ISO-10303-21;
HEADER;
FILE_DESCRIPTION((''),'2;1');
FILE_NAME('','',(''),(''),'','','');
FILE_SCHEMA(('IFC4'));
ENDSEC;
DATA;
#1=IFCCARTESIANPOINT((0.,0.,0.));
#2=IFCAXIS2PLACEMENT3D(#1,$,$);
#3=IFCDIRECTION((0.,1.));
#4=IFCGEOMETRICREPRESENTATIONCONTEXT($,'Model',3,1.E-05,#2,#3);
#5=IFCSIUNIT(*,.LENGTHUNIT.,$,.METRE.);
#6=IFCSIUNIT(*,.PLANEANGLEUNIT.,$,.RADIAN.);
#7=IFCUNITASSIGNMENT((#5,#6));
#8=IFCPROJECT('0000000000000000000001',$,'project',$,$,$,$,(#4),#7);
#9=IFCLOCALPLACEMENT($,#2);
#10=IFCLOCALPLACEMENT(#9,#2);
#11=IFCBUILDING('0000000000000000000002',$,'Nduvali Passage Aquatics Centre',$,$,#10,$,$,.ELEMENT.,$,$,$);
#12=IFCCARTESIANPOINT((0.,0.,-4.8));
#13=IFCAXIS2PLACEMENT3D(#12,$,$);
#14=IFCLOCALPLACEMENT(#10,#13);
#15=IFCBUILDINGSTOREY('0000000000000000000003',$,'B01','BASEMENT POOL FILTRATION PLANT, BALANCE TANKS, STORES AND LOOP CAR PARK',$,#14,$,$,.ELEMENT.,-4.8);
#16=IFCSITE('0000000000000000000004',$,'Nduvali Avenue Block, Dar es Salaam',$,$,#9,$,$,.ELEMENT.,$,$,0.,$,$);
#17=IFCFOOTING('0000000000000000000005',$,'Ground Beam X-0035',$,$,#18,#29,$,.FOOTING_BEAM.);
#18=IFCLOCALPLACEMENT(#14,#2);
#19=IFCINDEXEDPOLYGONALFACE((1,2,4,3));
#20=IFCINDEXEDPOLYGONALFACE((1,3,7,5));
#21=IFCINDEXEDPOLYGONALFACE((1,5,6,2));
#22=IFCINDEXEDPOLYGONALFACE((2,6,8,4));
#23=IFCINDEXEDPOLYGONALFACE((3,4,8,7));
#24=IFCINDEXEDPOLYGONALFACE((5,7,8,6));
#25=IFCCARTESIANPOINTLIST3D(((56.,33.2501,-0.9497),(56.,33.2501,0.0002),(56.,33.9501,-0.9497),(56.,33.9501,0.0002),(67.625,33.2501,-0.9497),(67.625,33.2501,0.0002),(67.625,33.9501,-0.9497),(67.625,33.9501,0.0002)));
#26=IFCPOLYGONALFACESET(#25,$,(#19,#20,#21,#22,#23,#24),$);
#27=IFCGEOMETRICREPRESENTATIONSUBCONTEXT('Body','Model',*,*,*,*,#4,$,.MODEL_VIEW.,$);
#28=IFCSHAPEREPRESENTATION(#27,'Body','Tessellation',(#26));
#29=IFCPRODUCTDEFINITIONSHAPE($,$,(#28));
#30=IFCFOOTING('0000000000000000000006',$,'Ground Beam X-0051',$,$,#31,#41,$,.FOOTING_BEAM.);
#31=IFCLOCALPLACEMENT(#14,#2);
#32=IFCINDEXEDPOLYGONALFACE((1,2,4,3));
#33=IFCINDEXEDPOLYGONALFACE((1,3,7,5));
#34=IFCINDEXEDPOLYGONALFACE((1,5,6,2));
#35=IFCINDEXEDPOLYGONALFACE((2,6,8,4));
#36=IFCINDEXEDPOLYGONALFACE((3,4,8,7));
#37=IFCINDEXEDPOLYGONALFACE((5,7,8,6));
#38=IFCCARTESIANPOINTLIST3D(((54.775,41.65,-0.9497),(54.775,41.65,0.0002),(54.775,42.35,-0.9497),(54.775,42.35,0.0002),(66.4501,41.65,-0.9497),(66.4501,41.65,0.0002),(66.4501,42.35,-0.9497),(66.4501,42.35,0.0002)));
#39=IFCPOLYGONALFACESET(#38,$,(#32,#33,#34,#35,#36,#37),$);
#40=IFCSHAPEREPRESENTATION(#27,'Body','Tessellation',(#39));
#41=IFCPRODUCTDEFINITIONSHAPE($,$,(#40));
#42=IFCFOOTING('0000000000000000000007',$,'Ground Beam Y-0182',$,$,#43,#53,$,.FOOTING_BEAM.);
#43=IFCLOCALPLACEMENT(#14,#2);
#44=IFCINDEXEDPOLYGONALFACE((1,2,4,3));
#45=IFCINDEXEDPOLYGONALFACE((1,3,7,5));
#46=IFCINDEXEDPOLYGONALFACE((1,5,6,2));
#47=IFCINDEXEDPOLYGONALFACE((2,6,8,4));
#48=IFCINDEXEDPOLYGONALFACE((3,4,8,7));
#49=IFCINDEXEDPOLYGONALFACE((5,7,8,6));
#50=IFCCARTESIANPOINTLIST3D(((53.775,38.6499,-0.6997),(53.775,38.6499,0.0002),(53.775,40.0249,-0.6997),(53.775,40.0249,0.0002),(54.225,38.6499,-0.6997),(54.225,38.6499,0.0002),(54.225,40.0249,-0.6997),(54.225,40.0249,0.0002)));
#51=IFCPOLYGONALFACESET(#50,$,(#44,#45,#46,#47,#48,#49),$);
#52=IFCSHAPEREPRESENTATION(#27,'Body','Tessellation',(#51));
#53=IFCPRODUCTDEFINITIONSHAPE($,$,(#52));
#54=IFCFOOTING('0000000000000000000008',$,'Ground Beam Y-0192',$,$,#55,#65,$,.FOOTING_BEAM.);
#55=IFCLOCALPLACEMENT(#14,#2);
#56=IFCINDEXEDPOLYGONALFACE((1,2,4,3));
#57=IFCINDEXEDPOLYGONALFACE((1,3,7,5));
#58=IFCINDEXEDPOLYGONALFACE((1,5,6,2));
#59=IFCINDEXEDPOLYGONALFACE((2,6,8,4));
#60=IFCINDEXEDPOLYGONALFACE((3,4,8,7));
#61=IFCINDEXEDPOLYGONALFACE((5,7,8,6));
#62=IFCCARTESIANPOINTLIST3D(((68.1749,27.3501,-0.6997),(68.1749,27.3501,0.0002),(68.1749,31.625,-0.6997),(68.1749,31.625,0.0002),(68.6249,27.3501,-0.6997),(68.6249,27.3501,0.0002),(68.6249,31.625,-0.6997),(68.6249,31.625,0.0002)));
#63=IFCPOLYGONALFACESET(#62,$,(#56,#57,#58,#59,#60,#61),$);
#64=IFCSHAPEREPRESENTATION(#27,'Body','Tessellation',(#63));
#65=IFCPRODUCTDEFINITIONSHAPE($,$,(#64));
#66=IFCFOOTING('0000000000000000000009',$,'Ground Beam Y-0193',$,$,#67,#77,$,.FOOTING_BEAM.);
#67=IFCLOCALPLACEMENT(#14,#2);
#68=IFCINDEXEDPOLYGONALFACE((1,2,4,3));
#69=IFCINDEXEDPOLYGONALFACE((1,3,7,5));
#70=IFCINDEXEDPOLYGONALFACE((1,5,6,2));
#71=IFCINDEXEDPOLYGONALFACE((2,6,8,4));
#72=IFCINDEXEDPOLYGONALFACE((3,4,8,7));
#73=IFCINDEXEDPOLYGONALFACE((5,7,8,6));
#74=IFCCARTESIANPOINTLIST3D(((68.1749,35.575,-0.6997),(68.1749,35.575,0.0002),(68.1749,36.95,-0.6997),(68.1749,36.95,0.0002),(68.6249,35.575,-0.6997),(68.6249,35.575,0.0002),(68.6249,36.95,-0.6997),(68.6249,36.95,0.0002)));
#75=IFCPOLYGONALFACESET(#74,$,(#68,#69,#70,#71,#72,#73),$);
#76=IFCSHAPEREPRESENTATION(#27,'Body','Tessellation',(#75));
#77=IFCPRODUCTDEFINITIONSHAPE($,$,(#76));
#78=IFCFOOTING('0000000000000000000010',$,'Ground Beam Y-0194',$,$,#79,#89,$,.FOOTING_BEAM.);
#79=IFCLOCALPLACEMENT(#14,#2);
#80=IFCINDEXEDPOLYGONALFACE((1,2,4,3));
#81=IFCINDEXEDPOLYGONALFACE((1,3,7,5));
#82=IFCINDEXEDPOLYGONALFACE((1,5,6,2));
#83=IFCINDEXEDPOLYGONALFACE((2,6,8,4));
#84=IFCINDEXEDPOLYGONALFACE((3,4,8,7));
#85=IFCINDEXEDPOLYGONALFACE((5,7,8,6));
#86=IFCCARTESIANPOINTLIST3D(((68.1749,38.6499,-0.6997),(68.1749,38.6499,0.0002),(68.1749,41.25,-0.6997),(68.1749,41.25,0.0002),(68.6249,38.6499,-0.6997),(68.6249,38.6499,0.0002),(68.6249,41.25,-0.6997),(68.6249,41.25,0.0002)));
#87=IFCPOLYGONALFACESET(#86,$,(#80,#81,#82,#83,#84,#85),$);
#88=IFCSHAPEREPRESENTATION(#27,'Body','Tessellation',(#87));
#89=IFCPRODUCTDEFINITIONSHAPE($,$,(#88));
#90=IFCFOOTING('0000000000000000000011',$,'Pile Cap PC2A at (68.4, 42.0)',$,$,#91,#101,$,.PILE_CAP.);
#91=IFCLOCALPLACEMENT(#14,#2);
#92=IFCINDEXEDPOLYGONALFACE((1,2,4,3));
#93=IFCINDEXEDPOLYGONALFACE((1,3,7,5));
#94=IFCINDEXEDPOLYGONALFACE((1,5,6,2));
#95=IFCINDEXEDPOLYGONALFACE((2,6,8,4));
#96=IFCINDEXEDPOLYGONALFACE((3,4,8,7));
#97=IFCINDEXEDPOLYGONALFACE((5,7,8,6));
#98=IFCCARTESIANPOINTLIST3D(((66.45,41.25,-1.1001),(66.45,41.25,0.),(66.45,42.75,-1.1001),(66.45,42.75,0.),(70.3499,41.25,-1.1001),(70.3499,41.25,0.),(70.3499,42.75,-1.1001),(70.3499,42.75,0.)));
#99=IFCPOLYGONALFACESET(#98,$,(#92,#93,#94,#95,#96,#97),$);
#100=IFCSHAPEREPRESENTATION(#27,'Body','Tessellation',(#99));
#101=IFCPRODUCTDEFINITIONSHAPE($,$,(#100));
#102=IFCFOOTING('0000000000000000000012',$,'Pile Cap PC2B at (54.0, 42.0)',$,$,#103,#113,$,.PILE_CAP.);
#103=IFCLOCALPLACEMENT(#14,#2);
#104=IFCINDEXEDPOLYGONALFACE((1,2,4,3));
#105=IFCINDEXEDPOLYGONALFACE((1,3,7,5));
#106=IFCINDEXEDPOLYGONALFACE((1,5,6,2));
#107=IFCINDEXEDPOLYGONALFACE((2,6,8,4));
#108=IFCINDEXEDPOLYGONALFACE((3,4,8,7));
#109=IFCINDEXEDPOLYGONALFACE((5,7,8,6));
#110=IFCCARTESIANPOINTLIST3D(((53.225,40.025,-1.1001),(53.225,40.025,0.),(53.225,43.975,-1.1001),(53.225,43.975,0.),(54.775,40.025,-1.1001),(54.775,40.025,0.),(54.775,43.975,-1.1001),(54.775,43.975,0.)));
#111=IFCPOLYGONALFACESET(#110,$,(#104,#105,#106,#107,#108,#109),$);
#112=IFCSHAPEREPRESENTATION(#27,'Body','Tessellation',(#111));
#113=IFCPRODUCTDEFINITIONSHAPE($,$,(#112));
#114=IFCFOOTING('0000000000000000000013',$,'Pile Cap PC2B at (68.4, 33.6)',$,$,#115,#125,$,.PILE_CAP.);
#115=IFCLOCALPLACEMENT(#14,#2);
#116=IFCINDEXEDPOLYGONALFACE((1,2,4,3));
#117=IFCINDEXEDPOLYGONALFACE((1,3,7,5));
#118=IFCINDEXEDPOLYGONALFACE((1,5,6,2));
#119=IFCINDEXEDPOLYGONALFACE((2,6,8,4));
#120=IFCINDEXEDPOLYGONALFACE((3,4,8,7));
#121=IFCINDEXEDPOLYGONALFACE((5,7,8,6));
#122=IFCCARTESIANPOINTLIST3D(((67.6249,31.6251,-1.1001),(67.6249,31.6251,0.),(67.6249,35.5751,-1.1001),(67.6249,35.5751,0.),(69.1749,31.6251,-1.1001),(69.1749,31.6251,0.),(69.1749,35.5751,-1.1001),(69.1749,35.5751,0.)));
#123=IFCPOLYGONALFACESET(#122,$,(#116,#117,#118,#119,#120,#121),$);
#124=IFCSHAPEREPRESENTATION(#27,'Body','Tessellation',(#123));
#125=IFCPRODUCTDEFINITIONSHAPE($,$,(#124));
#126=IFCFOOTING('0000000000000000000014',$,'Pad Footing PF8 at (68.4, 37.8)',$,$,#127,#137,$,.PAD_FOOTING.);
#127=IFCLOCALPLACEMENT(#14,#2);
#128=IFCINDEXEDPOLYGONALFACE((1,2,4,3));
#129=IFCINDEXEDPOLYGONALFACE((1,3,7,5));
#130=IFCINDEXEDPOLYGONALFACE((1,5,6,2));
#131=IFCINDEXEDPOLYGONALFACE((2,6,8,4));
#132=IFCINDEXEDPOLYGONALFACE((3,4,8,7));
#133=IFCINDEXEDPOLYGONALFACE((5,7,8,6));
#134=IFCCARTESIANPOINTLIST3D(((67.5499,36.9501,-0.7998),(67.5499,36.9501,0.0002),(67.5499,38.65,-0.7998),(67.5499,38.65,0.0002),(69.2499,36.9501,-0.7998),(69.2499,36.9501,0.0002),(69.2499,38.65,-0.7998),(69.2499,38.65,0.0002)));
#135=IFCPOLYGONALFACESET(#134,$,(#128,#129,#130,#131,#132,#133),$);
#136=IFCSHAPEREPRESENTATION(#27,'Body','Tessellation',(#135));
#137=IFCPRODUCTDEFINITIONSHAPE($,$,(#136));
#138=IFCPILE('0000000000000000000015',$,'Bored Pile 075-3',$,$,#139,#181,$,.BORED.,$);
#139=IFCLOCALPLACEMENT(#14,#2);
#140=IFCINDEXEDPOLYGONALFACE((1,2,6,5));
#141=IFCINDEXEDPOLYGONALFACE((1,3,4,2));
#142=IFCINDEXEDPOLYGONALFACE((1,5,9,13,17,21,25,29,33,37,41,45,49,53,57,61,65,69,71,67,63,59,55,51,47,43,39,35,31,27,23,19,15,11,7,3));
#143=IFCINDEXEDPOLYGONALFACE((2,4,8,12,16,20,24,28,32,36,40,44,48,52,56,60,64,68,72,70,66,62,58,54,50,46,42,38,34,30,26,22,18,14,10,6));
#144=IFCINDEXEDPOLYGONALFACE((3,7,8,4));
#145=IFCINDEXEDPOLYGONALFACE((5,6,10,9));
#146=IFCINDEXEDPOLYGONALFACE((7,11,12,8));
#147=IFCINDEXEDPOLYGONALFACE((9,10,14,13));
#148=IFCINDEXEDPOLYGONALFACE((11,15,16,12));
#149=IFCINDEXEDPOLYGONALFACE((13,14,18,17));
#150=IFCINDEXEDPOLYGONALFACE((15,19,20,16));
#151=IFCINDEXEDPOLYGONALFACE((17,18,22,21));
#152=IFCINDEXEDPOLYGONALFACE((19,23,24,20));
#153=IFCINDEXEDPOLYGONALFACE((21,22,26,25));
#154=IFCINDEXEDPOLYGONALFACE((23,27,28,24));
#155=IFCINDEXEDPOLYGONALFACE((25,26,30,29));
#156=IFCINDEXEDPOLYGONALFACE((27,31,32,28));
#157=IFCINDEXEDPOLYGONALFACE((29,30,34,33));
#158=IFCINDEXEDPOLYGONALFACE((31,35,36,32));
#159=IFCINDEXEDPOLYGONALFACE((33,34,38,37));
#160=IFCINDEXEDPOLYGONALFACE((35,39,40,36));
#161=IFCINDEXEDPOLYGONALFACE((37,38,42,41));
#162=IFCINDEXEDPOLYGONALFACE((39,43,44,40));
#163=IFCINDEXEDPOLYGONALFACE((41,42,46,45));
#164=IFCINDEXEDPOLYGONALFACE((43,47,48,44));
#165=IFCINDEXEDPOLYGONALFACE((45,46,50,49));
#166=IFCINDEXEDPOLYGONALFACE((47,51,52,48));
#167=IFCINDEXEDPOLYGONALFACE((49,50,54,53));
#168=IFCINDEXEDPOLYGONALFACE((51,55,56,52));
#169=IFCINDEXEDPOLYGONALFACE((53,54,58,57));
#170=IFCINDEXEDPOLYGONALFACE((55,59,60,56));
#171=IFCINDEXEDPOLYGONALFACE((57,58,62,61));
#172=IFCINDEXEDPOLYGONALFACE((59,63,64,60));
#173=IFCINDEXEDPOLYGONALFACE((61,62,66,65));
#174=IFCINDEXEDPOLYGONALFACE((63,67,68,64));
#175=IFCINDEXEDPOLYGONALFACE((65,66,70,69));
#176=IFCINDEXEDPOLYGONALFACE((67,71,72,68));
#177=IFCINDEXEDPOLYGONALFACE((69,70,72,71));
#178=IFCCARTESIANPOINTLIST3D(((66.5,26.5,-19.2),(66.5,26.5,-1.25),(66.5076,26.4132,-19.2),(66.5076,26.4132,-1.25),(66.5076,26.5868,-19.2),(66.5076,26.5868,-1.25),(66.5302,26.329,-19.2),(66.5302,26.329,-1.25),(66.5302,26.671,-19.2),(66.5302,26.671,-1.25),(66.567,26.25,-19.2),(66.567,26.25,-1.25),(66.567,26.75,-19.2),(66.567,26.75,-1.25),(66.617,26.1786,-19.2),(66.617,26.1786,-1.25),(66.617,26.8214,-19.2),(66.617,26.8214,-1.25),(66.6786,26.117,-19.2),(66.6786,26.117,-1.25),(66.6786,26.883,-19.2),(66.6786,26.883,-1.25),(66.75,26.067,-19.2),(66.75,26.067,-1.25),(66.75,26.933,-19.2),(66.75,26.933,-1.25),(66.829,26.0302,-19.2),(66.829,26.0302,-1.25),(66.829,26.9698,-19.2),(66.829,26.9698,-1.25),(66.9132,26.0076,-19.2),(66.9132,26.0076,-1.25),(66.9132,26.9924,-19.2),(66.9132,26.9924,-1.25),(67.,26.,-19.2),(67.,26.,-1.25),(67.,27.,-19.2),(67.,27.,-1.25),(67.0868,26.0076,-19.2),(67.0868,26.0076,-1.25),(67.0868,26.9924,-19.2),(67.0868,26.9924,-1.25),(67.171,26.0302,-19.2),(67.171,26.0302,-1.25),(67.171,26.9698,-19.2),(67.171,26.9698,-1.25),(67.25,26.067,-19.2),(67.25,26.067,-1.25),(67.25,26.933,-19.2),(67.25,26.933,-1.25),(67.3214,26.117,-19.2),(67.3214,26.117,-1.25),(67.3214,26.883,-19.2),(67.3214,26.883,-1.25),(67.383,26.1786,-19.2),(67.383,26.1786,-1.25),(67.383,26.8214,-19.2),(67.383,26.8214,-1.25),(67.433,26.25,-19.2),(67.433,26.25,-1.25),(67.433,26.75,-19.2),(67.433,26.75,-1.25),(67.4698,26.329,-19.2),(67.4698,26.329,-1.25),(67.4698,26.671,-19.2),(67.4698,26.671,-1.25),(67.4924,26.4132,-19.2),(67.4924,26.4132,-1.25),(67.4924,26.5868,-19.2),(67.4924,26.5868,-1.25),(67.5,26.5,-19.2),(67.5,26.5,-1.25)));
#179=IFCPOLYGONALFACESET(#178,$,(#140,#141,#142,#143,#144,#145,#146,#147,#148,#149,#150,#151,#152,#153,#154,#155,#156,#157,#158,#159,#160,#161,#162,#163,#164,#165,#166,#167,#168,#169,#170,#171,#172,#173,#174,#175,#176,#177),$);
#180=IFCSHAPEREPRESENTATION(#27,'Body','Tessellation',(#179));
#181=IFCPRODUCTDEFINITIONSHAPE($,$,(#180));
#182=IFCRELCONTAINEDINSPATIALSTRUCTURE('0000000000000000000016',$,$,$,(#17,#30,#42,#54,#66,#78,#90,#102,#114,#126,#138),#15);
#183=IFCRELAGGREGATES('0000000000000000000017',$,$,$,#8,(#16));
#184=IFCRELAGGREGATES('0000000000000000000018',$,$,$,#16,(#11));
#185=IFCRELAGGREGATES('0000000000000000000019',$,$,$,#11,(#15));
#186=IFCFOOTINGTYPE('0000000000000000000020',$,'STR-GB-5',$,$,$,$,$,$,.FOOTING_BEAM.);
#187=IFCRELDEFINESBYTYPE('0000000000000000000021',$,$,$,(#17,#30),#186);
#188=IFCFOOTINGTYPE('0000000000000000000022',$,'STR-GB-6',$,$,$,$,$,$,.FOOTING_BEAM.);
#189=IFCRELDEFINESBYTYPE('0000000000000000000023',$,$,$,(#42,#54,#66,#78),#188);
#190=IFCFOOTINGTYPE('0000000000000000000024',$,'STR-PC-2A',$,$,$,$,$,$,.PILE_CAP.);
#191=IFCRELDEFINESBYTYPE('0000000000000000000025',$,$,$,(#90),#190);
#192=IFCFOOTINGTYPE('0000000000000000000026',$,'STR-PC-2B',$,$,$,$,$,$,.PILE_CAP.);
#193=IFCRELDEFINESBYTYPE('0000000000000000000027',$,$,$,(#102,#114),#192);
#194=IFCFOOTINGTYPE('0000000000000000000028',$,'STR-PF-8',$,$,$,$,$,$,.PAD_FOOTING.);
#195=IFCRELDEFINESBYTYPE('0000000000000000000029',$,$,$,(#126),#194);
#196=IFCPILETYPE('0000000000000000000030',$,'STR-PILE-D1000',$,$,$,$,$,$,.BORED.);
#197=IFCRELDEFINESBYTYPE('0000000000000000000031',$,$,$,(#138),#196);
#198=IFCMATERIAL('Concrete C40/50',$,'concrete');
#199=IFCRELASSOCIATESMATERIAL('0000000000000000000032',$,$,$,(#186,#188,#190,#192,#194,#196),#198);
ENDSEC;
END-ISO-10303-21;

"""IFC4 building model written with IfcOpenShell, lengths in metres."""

from ifc_helpers import new_model, si_unit, direction, frame, origin, origin_2d, place, context, subcontext, project, spatial, rectangle, circle, extrude, material, material_profile, profile_set, type_object, element, save


model = new_model("IFC4")

# Units and contexts
model_context = context("Model", 3, precision=1e-05, world=origin(), true_north=direction((0.0, 1.0)))
body_context = subcontext(model_context, "Body", "Model", "MODEL_VIEW")
ifc_project = project(units=[si_unit("LENGTHUNIT", "METRE"), si_unit("PLANEANGLEUNIT", "RADIAN")], contexts=[model_context])

# Site, building, storey
site_placement = place(None, origin())
site = spatial("IfcSite", under=ifc_project, at=site_placement, Name="Nduvali Avenue Block, Dar es Salaam", CompositionType="ELEMENT", RefElevation=0.0)
building_placement = place(site_placement, origin())
building = spatial("IfcBuilding", under=site, at=building_placement, Name="Nduvali Passage Aquatics Centre", CompositionType="ELEMENT")
storey_placement = place(building_placement, frame((0.0, 0.0, -4.8)))
storey = spatial("IfcBuildingStorey", under=building, at=storey_placement, Name="B01", Description="BASEMENT POOL FILTRATION PLANT, BALANCE TANKS, STORES AND LOOP CAR PARK", CompositionType="ELEMENT", Elevation=-4.8)

# Footings
ifc_material_1 = material(Name="Concrete C40/50", Category="concrete")
footing_type_1 = type_object("IfcFootingType", Name="STR-GB-5", PredefinedType="FOOTING_BEAM", material=ifc_material_1)
footing_1_placement = place(storey_placement, frame((61.8125, 33.6001, -0.9497), z_axis=(0.0, 0.0, 1.0), x_axis=(1.0, 0.0, 0.0)))
element("IfcFooting", 1, at=footing_1_placement, inside=storey, type_object=footing_type_1, Name="Ground Beam X-0035", PredefinedType="FOOTING_BEAM", context=body_context, shape_type="SweptSolid", body=[
    extrude(rectangle(XDim=11.625, YDim=0.7, at=origin_2d()), origin(), (0.0, 0.0, 1.0), 0.95),
])
footing_2_placement = place(storey_placement, frame((60.6125, 42.0, -0.9497), z_axis=(0.0, 0.0, 1.0), x_axis=(1.0, 0.0, 0.0)))
element("IfcFooting", 2, at=footing_2_placement, inside=storey, type_object=footing_type_1, Name="Ground Beam X-0051", PredefinedType="FOOTING_BEAM", context=body_context, shape_type="SweptSolid", body=[
    extrude(rectangle(XDim=11.675, YDim=0.7, at=origin_2d()), origin(), (0.0, 0.0, 1.0), 0.95),
])
footing_type_2 = type_object("IfcFootingType", Name="STR-GB-6", PredefinedType="FOOTING_BEAM", material=ifc_material_1)
footing_3_placement = place(storey_placement, frame((54.0, 39.3374, -0.6997), z_axis=(0.0, 0.0, 1.0), x_axis=(0.0, 1.0, 0.0)))
element("IfcFooting", 3, at=footing_3_placement, inside=storey, type_object=footing_type_2, Name="Ground Beam Y-0182", PredefinedType="FOOTING_BEAM", context=body_context, shape_type="SweptSolid", body=[
    extrude(rectangle(XDim=1.375, YDim=0.45, at=origin_2d()), origin(), (0.0, 0.0, 1.0), 0.7),
])
footing_4_placement = place(storey_placement, frame((68.3999, 29.4875, -0.6997), z_axis=(0.0, 0.0, 1.0), x_axis=(0.0, 1.0, 0.0)))
element("IfcFooting", 4, at=footing_4_placement, inside=storey, type_object=footing_type_2, Name="Ground Beam Y-0192", PredefinedType="FOOTING_BEAM", context=body_context, shape_type="SweptSolid", body=[
    extrude(rectangle(XDim=4.2749, YDim=0.45, at=origin_2d()), origin(), (0.0, 0.0, 1.0), 0.7),
])
footing_5_placement = place(storey_placement, frame((68.3999, 36.2625, -0.6997), z_axis=(0.0, 0.0, 1.0), x_axis=(0.0, 1.0, 0.0)))
element("IfcFooting", 5, at=footing_5_placement, inside=storey, type_object=footing_type_2, Name="Ground Beam Y-0193", PredefinedType="FOOTING_BEAM", context=body_context, shape_type="SweptSolid", body=[
    extrude(rectangle(XDim=1.375, YDim=0.45, at=origin_2d()), origin(), (0.0, 0.0, 1.0), 0.7),
])
footing_6_placement = place(storey_placement, frame((68.3999, 39.95, -0.6997), z_axis=(0.0, 0.0, 1.0), x_axis=(0.0, 1.0, 0.0)))
element("IfcFooting", 6, at=footing_6_placement, inside=storey, type_object=footing_type_2, Name="Ground Beam Y-0194", PredefinedType="FOOTING_BEAM", context=body_context, shape_type="SweptSolid", body=[
    extrude(rectangle(XDim=2.6001, YDim=0.45, at=origin_2d()), origin(), (0.0, 0.0, 1.0), 0.7),
])
footing_type_3 = type_object("IfcFootingType", Name="STR-PC-2A", PredefinedType="PILE_CAP", material=ifc_material_1)
footing_7_placement = place(storey_placement, frame((68.3999, 42.0, -1.1001), z_axis=(0.0, 0.0, 1.0), x_axis=(1.0, 0.0, 0.0)))
element("IfcFooting", 7, at=footing_7_placement, inside=storey, type_object=footing_type_3, Name="Pile Cap PC2A at (68.4, 42.0)", PredefinedType="PILE_CAP", context=body_context, shape_type="SweptSolid", body=[
    extrude(rectangle(XDim=3.8999, YDim=1.5, at=origin_2d()), origin(), (0.0, 0.0, 1.0), 1.1001),
])
footing_type_4 = type_object("IfcFootingType", Name="STR-PC-2B", PredefinedType="PILE_CAP", material=ifc_material_1)
for number, where, z_axis, x_axis, name in (
    (8, (54.0, 42.0, -1.1001), (0.0, 0.0, 1.0), (1.0, 0.0, 0.0), "Pile Cap PC2B at (54.0, 42.0)"),
    (9, (68.3999, 33.6001, -1.1001), (0.0, 0.0, 1.0), (1.0, 0.0, 0.0), "Pile Cap PC2B at (68.4, 33.6)"),
):
    element("IfcFooting", number, at=place(storey_placement, frame(where, z_axis=z_axis, x_axis=x_axis)), inside=storey, type_object=footing_type_4, Name=name, PredefinedType="PILE_CAP", context=body_context, shape_type="SweptSolid", body=[
        extrude(rectangle(XDim=1.55, YDim=3.95, at=origin_2d()), origin(), (0.0, 0.0, 1.0), 1.1001),
    ])
footing_type_5 = type_object("IfcFootingType", Name="STR-PF-8", PredefinedType="PAD_FOOTING", material=ifc_material_1)
footing_8_placement = place(storey_placement, frame((68.3999, 37.8, -0.7998), z_axis=(0.0, 0.0, 1.0), x_axis=(1.0, 0.0, 0.0)))
element("IfcFooting", 10, at=footing_8_placement, inside=storey, type_object=footing_type_5, Name="Pad Footing PF8 at (68.4, 37.8)", PredefinedType="PAD_FOOTING", context=body_context, shape_type="SweptSolid", body=[
    extrude(rectangle(XDim=1.7, YDim=1.7, at=origin_2d()), origin(), (0.0, 0.0, 1.0), 0.8),
])

# Pile
ifc_material_profile_1 = material_profile(ifc_material_1, circle(Radius=0.5, at=origin_2d()), Name="PILE D1000")
ifc_profile_set_1 = profile_set([ifc_material_profile_1], Name="Concrete C40/50")
pile_type_1 = type_object("IfcPileType", Name="STR-PILE-D1000", PredefinedType="BORED", material=ifc_profile_set_1)
pile_1_placement = place(storey_placement, frame((67.0, 26.5, -1.25), z_axis=(0.0, 0.0, -1.0), x_axis=(1.0, 0.0, 0.0)))
element("IfcPile", 11, at=pile_1_placement, inside=storey, type_object=pile_type_1, Name="Bored Pile 075-3", PredefinedType="BORED", context=body_context, shape_type="SweptSolid", body=[
    extrude(circle(Radius=0.5, at=origin_2d()), origin(), (0.0, 0.0, 1.0), 17.95),
])

save(model, "model.ifc")
